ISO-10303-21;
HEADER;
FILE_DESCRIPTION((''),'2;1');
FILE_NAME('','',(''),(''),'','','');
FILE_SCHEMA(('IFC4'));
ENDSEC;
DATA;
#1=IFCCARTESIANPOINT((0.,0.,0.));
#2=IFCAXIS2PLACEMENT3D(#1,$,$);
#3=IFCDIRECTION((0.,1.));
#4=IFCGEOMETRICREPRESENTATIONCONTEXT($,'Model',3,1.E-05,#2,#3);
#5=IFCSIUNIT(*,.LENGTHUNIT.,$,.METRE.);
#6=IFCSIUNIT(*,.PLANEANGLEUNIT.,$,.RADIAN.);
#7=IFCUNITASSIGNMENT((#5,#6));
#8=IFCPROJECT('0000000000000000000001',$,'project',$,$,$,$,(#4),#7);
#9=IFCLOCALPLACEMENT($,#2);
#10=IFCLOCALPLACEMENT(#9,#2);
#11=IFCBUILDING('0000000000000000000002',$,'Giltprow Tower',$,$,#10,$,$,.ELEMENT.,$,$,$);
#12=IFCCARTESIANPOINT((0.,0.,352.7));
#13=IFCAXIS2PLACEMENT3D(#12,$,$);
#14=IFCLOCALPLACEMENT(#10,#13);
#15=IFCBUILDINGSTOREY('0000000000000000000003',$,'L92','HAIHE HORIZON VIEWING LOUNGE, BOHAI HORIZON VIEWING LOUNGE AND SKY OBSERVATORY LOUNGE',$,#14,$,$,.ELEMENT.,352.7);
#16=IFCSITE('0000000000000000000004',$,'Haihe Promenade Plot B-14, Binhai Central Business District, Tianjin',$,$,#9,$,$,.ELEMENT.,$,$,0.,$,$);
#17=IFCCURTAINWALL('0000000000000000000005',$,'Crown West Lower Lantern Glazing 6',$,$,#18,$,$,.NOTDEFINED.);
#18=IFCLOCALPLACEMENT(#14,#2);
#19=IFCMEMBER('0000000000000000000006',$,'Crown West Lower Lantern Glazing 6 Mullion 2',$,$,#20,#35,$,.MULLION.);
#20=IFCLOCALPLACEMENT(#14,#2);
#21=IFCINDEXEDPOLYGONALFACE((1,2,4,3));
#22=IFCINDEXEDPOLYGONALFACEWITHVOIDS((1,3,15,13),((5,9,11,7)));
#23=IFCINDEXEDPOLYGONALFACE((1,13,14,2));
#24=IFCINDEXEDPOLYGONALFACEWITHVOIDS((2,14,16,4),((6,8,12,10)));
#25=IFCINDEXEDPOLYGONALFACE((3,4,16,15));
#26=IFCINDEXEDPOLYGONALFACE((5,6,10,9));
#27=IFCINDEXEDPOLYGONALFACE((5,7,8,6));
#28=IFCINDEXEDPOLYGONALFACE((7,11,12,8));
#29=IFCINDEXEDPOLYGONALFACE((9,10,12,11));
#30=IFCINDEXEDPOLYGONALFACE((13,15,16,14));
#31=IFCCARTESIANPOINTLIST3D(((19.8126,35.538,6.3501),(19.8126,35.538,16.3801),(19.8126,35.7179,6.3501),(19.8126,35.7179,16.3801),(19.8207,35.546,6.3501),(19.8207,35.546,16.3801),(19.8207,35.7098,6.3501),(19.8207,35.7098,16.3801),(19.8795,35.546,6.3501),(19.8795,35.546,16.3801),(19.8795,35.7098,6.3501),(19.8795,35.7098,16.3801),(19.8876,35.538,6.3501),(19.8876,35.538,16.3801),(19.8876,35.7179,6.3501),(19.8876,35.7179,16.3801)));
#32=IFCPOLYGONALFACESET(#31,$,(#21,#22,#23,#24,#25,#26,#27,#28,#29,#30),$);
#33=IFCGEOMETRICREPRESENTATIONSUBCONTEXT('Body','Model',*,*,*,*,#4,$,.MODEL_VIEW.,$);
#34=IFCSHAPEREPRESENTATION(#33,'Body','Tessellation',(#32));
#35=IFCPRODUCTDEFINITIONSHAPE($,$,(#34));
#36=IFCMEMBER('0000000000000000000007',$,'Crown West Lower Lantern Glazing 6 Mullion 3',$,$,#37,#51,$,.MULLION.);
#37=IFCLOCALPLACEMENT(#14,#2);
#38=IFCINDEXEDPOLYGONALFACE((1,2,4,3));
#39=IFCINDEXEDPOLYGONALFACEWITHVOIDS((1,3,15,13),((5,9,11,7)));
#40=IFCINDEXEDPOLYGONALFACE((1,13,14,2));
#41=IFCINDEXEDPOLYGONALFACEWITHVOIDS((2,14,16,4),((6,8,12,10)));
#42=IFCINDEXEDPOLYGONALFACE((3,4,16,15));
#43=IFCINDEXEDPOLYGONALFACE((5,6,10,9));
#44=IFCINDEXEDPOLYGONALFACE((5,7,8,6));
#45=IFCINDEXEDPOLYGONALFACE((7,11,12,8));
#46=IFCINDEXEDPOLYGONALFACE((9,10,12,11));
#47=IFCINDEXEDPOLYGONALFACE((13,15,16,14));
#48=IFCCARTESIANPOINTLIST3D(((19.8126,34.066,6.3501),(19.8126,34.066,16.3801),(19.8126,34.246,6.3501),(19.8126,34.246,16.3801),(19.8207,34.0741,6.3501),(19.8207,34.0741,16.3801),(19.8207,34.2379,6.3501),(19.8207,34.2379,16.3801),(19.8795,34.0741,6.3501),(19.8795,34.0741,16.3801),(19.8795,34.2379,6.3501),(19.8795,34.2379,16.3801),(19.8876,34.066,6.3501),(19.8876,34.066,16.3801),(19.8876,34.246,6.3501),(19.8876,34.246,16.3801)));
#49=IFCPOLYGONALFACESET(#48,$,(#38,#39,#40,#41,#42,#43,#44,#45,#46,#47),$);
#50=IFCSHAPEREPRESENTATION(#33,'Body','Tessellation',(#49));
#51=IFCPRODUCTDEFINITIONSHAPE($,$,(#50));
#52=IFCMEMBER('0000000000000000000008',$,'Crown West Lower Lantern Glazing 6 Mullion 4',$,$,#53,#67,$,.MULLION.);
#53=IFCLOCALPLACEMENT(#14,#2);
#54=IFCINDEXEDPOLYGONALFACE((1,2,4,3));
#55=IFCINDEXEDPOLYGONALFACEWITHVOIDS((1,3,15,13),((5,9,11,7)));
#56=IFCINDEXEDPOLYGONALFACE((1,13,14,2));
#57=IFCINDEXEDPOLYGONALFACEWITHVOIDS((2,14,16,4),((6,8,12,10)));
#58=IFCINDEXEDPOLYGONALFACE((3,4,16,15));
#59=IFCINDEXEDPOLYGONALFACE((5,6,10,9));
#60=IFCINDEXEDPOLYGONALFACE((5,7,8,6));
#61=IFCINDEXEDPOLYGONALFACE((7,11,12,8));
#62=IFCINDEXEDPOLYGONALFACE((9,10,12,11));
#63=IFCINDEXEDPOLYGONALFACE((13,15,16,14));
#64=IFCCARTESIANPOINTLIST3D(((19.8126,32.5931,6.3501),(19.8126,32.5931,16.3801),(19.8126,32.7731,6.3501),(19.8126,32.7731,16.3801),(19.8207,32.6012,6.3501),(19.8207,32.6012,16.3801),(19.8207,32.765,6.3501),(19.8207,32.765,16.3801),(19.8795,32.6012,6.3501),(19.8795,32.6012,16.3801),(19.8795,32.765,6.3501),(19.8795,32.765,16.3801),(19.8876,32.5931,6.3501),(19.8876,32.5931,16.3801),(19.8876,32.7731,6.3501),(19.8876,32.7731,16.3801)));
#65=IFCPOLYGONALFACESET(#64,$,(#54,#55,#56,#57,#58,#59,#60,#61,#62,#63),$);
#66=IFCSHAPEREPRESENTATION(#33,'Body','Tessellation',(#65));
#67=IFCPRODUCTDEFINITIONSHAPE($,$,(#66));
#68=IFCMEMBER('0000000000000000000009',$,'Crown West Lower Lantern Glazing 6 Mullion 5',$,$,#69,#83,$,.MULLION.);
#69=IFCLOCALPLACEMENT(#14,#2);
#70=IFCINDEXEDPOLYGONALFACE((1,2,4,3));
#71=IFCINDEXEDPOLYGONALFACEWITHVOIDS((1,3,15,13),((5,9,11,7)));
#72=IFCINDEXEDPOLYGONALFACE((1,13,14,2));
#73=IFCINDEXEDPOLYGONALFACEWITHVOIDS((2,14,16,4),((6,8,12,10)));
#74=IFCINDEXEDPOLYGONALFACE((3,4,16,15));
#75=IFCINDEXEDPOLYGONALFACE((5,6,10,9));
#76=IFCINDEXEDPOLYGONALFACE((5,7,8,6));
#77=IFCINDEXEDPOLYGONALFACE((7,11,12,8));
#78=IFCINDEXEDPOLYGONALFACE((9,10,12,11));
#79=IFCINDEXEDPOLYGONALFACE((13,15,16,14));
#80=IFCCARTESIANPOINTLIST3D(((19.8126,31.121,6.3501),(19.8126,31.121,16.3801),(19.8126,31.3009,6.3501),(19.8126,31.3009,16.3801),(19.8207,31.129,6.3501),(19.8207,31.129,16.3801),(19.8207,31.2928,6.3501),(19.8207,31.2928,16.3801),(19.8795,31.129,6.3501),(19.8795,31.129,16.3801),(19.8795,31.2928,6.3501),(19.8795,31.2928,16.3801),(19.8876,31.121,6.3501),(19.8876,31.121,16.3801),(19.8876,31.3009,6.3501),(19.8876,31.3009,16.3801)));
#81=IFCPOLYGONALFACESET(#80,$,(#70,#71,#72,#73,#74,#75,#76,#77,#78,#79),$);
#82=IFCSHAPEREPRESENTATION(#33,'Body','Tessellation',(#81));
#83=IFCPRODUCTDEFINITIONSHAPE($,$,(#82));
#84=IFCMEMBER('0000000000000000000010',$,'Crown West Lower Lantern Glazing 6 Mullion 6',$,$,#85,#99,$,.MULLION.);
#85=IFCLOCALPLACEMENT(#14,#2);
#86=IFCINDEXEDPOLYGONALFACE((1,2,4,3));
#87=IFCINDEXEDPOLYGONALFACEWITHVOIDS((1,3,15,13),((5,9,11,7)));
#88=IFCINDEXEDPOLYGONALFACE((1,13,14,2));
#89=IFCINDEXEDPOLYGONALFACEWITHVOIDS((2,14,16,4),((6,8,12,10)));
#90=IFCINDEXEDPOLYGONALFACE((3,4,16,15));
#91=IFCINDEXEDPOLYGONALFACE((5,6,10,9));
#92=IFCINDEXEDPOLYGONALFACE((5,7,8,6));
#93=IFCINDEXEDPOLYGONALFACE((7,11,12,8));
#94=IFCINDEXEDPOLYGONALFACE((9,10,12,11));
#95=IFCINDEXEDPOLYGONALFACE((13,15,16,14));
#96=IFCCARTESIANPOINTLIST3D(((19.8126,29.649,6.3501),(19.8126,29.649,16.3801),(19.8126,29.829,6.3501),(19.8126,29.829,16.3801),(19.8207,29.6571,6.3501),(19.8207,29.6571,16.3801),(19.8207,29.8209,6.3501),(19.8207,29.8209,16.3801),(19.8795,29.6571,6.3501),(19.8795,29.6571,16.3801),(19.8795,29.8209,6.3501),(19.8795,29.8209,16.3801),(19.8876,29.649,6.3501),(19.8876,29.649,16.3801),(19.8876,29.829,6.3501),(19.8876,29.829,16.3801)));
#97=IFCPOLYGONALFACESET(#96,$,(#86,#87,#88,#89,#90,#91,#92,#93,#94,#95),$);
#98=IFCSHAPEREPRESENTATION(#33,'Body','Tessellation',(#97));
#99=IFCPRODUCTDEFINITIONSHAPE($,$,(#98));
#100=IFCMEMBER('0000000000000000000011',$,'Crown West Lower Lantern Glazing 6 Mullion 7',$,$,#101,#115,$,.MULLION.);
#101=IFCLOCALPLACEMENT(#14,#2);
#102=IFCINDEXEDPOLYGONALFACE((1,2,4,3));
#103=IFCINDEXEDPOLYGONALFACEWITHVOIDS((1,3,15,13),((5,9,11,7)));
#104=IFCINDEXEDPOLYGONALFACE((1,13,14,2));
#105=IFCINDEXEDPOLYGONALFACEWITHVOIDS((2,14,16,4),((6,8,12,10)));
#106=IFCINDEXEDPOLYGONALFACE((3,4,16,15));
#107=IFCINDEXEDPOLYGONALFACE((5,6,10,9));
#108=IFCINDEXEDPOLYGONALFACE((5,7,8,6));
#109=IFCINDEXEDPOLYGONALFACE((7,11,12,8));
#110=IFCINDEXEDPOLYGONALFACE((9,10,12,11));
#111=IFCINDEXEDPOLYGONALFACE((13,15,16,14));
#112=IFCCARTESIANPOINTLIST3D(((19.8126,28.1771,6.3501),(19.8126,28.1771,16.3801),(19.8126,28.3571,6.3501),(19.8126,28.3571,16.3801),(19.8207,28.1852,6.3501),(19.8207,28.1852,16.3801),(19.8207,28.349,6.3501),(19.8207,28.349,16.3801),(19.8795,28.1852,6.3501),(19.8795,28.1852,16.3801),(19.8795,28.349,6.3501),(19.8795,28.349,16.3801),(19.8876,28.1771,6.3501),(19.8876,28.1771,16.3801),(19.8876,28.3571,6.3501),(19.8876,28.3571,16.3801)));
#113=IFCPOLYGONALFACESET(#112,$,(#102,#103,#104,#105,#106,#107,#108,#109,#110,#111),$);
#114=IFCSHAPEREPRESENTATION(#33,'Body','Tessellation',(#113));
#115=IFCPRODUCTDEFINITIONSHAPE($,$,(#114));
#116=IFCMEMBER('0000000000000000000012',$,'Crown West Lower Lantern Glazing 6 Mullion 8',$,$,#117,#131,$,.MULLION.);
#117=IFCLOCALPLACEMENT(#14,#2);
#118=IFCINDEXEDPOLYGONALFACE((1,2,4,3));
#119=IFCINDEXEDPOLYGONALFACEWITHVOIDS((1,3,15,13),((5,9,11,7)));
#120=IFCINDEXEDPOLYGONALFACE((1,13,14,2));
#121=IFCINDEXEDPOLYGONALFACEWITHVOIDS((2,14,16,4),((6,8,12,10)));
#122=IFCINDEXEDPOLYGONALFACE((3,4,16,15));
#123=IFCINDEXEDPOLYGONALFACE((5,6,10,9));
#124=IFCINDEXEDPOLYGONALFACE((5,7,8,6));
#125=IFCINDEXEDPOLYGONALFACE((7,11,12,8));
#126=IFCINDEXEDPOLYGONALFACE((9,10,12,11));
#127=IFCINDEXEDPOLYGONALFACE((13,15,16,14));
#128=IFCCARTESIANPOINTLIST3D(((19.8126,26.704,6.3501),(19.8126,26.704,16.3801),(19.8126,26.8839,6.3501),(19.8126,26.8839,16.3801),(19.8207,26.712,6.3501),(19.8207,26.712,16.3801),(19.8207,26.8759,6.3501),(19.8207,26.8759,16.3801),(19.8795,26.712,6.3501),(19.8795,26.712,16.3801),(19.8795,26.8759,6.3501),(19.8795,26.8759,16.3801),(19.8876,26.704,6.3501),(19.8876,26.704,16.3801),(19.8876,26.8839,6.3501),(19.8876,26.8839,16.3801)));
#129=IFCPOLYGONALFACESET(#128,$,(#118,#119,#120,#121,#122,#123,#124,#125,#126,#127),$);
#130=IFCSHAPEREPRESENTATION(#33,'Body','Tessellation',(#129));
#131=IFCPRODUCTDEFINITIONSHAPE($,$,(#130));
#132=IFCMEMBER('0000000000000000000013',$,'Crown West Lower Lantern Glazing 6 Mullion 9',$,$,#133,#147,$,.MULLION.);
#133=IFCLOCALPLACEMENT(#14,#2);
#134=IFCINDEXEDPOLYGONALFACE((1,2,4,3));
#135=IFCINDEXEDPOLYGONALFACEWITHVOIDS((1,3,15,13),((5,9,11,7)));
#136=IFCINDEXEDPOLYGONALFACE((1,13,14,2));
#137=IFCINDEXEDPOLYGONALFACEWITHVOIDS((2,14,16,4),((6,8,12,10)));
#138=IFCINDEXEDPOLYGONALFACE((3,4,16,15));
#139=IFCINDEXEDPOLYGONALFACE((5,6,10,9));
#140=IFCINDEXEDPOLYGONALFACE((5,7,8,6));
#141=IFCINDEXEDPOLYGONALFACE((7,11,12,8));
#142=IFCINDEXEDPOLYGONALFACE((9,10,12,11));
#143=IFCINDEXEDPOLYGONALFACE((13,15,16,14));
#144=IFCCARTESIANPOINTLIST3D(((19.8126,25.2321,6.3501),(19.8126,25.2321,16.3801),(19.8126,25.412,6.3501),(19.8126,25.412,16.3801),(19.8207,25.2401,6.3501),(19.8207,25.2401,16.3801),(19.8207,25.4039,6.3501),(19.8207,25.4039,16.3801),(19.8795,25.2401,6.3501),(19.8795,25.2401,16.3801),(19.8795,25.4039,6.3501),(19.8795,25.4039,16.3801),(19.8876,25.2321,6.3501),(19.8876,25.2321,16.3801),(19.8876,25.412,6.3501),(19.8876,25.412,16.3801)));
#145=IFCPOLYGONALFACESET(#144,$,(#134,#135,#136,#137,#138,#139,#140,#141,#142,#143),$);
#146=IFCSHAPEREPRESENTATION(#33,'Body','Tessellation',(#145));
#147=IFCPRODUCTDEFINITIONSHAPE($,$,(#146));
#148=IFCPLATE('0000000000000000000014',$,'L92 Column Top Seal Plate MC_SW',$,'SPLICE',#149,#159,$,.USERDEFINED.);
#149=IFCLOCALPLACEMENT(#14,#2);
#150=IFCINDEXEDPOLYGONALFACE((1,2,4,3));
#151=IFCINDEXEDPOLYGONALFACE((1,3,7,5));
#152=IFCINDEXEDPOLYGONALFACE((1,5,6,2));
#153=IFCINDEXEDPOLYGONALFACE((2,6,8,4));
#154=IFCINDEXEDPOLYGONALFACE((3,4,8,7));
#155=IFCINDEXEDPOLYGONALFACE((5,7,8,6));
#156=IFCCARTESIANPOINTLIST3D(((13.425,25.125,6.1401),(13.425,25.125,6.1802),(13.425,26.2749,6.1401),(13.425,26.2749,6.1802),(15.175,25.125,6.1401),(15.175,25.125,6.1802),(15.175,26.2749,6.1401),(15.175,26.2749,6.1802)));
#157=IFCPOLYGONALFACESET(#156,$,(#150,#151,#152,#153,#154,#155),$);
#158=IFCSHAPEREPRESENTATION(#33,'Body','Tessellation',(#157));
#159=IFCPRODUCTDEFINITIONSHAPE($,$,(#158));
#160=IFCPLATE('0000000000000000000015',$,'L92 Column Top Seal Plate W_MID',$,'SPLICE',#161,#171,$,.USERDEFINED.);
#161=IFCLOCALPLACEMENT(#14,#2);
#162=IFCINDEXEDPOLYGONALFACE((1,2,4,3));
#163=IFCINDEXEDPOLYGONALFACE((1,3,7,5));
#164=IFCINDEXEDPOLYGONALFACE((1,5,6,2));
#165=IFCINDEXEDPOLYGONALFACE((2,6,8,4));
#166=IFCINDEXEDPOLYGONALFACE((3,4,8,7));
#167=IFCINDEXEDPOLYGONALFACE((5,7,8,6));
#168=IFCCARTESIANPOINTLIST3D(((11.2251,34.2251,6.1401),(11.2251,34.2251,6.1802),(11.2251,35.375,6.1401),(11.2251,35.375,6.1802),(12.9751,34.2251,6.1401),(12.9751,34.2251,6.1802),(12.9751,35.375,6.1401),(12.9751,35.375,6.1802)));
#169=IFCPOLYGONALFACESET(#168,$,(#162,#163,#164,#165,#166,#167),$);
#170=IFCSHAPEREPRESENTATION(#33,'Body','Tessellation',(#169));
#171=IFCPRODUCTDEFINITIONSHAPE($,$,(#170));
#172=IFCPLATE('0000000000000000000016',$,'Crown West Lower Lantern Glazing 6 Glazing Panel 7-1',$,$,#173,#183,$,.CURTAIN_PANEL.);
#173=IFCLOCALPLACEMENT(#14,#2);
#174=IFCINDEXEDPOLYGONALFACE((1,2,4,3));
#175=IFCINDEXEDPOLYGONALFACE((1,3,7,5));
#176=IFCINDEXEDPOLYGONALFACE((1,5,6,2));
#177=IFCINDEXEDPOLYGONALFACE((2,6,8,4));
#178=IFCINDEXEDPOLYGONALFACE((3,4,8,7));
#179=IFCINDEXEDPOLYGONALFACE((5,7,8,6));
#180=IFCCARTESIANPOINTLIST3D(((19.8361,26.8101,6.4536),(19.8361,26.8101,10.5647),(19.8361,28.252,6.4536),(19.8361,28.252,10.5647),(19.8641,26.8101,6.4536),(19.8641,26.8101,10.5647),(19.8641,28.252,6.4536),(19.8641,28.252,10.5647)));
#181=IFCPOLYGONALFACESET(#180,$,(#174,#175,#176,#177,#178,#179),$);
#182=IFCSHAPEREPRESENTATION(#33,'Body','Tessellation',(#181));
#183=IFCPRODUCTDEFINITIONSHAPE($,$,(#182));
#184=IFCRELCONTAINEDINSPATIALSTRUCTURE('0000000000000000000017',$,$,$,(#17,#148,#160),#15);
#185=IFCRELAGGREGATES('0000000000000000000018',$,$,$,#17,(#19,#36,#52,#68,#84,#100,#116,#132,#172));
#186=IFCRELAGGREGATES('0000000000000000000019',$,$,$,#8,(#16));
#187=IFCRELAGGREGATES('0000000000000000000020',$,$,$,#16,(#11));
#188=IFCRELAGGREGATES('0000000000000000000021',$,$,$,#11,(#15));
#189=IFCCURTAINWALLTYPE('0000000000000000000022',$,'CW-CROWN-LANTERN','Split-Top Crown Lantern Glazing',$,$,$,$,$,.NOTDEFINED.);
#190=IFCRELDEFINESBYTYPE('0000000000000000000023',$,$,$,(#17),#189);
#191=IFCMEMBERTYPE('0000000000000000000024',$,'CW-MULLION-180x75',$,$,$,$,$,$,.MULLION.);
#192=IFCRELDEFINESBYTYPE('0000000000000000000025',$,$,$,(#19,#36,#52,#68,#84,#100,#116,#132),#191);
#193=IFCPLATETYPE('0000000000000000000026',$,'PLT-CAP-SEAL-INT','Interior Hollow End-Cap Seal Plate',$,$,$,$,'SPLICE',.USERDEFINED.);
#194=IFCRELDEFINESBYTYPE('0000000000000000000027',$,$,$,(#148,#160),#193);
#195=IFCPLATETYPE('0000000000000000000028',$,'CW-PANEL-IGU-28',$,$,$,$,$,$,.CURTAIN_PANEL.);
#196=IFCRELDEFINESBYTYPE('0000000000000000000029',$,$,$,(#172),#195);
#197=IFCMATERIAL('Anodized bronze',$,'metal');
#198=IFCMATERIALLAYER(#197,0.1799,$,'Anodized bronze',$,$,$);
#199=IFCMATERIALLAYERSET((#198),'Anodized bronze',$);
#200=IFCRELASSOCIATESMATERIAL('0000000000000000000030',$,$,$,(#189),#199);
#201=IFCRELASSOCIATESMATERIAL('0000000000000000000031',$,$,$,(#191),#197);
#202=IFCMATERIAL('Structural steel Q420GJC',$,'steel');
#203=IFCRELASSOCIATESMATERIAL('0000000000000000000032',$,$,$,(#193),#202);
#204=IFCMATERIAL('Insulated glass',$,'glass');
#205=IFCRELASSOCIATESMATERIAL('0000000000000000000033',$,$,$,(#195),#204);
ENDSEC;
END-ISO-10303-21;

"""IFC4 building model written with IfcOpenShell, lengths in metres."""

from ifc_helpers import new_model, si_unit, direction, frame, origin, origin_2d, place, context, subcontext, project, spatial, rectangle, hollow_rectangle, extrude, source, transform, mapped, material, layer, layer_set, material_profile, profile_set, type_object, element, aggregate, save


model = new_model("IFC4")

# Units and contexts
model_context = context("Model", 3, precision=1e-05, world=origin(), true_north=direction((0.0, 1.0)))
body_context = subcontext(model_context, "Body", "Model", "MODEL_VIEW")
ifc_project = project(units=[si_unit("LENGTHUNIT", "METRE"), si_unit("PLANEANGLEUNIT", "RADIAN")], contexts=[model_context])

# Site, building, storey
site_placement = place(None, origin())
site = spatial("IfcSite", under=ifc_project, at=site_placement, Name="Haihe Promenade Plot B-14, Binhai Central Business District, Tianjin", CompositionType="ELEMENT", RefElevation=0.0)
building_placement = place(site_placement, origin())
building = spatial("IfcBuilding", under=site, at=building_placement, Name="Giltprow Tower", CompositionType="ELEMENT")
storey_placement = place(building_placement, frame((0.0, 0.0, 352.7)))
storey = spatial("IfcBuildingStorey", under=building, at=storey_placement, Name="L92", Description="HAIHE HORIZON VIEWING LOUNGE, BOHAI HORIZON VIEWING LOUNGE AND SKY OBSERVATORY LOUNGE", CompositionType="ELEMENT", Elevation=352.7)

# Shared definitions
ifc_material_1 = material(Name="Structural steel Q420GJC", Category="steel")

# Curtain wall, members
ifc_material_2 = material(Name="Anodized bronze", Category="metal")
ifc_layer_1 = layer(ifc_material_2, 0.1799, Name="Anodized bronze")
ifc_layer_set_1 = layer_set([ifc_layer_1], Name="Anodized bronze")
curtain_wall_type = type_object("IfcCurtainWallType", Name="CW-CROWN-LANTERN", Description="Split-Top Crown Lantern Glazing", PredefinedType="NOTDEFINED", material=ifc_layer_set_1)
curtain_wall_placement = place(storey_placement, origin())
curtain_wall = element("IfcCurtainWall", 1, at=curtain_wall_placement, inside=storey, type_object=curtain_wall_type, Name="Crown West Lower Lantern Glazing 6", PredefinedType="NOTDEFINED")
ifc_material_profile_1 = material_profile(ifc_material_2, hollow_rectangle(XDim=0.075, YDim=0.1799, WallThickness=0.0081, at=origin_2d()), Name="RHS 180x75x8")
ifc_profile_set_1 = profile_set([ifc_material_profile_1], Name="Anodized bronze")
member_type_1 = type_object("IfcMemberType", Name="CW-MULLION-180x75", PredefinedType="MULLION", material=ifc_profile_set_1)
shared_shape_1 = source(origin(), body_context, "Body", "SweptSolid", [
    extrude(hollow_rectangle(XDim=0.075, YDim=0.1799, WallThickness=0.0081, at=origin_2d()), origin(), (0.0, 0.0, 1.0), 10.03),
])
member_1_placement = place(storey_placement, frame((19.8501, 35.6279, 6.3501), z_axis=(0.0, 0.0, 1.0), x_axis=(1.0, 0.0, 0.0)))
member_1 = element("IfcMember", 2, at=member_1_placement, type_object=member_type_1, Name="Crown West Lower Lantern Glazing 6 Mullion 2", PredefinedType="MULLION", context=body_context, shape_type="MappedRepresentation", body=[
    mapped(shared_shape_1, transform((0.0, 0.0, 0.0), x_axis=(1.0, 0.0, 0.0), y_axis=(0.0, 1.0, 0.0), z_axis=(0.0, 0.0, 1.0), scale=1.0)),
])
member_2_placement = place(storey_placement, frame((19.8501, 34.156, 6.3501), z_axis=(0.0, 0.0, 1.0), x_axis=(1.0, 0.0, 0.0)))
member_2 = element("IfcMember", 3, at=member_2_placement, type_object=member_type_1, Name="Crown West Lower Lantern Glazing 6 Mullion 3", PredefinedType="MULLION", context=body_context, shape_type="MappedRepresentation", body=[
    mapped(shared_shape_1, transform((0.0, 0.0, 0.0), x_axis=(1.0, 0.0, 0.0), y_axis=(0.0, 1.0, 0.0), z_axis=(0.0, 0.0, 1.0), scale=1.0)),
])
member_3_placement = place(storey_placement, frame((19.8501, 32.6831, 6.3501), z_axis=(0.0, 0.0, 1.0), x_axis=(1.0, 0.0, 0.0)))
member_3 = element("IfcMember", 4, at=member_3_placement, type_object=member_type_1, Name="Crown West Lower Lantern Glazing 6 Mullion 4", PredefinedType="MULLION", context=body_context, shape_type="MappedRepresentation", body=[
    mapped(shared_shape_1, transform((0.0, 0.0, 0.0), x_axis=(1.0, 0.0, 0.0), y_axis=(0.0, 1.0, 0.0), z_axis=(0.0, 0.0, 1.0), scale=1.0)),
])
member_4_placement = place(storey_placement, frame((19.8501, 31.2109, 6.3501), z_axis=(0.0, 0.0, 1.0), x_axis=(1.0, 0.0, 0.0)))
member_4 = element("IfcMember", 5, at=member_4_placement, type_object=member_type_1, Name="Crown West Lower Lantern Glazing 6 Mullion 5", PredefinedType="MULLION", context=body_context, shape_type="MappedRepresentation", body=[
    mapped(shared_shape_1, transform((0.0, 0.0, 0.0), x_axis=(1.0, 0.0, 0.0), y_axis=(0.0, 1.0, 0.0), z_axis=(0.0, 0.0, 1.0), scale=1.0)),
])
member_5_placement = place(storey_placement, frame((19.8501, 29.739, 6.3501), z_axis=(0.0, 0.0, 1.0), x_axis=(1.0, 0.0, 0.0)))
member_5 = element("IfcMember", 6, at=member_5_placement, type_object=member_type_1, Name="Crown West Lower Lantern Glazing 6 Mullion 6", PredefinedType="MULLION", context=body_context, shape_type="MappedRepresentation", body=[
    mapped(shared_shape_1, transform((0.0, 0.0, 0.0), x_axis=(1.0, 0.0, 0.0), y_axis=(0.0, 1.0, 0.0), z_axis=(0.0, 0.0, 1.0), scale=1.0)),
])
member_6_placement = place(storey_placement, frame((19.8501, 28.2671, 6.3501), z_axis=(0.0, 0.0, 1.0), x_axis=(1.0, 0.0, 0.0)))
member_6 = element("IfcMember", 7, at=member_6_placement, type_object=member_type_1, Name="Crown West Lower Lantern Glazing 6 Mullion 7", PredefinedType="MULLION", context=body_context, shape_type="MappedRepresentation", body=[
    mapped(shared_shape_1, transform((0.0, 0.0, 0.0), x_axis=(1.0, 0.0, 0.0), y_axis=(0.0, 1.0, 0.0), z_axis=(0.0, 0.0, 1.0), scale=1.0)),
])
member_7_placement = place(storey_placement, frame((19.8501, 26.7939, 6.3501), z_axis=(0.0, 0.0, 1.0), x_axis=(1.0, 0.0, 0.0)))
member_7 = element("IfcMember", 8, at=member_7_placement, type_object=member_type_1, Name="Crown West Lower Lantern Glazing 6 Mullion 8", PredefinedType="MULLION", context=body_context, shape_type="MappedRepresentation", body=[
    mapped(shared_shape_1, transform((0.0, 0.0, 0.0), x_axis=(1.0, 0.0, 0.0), y_axis=(0.0, 1.0, 0.0), z_axis=(0.0, 0.0, 1.0), scale=1.0)),
])
member_8_placement = place(storey_placement, frame((19.8501, 25.322, 6.3501), z_axis=(0.0, 0.0, 1.0), x_axis=(1.0, 0.0, 0.0)))
member_8 = element("IfcMember", 9, at=member_8_placement, type_object=member_type_1, Name="Crown West Lower Lantern Glazing 6 Mullion 9", PredefinedType="MULLION", context=body_context, shape_type="MappedRepresentation", body=[
    mapped(shared_shape_1, transform((0.0, 0.0, 0.0), x_axis=(1.0, 0.0, 0.0), y_axis=(0.0, 1.0, 0.0), z_axis=(0.0, 0.0, 1.0), scale=1.0)),
])

# Plates
plate_type_1 = type_object("IfcPlateType", Name="PLT-CAP-SEAL-INT", Description="Interior Hollow End-Cap Seal Plate", ElementType="SPLICE", PredefinedType="USERDEFINED", material=ifc_material_1)
shared_shape_2 = source(origin(), body_context, "Body", "SweptSolid", [
    extrude(rectangle(XDim=1.75, YDim=1.1499, at=origin_2d()), origin(), (0.0, 0.0, 1.0), 0.04),
])
for number, where, z_axis, x_axis, name in (
    (10, (14.3, 25.7, 6.1401), (0.0, 0.0, 1.0), (1.0, 0.0, 0.0), "L92 Column Top Seal Plate MC_SW"),
    (11, (12.1001, 34.8, 6.1401), (0.0, 0.0, 1.0), (1.0, 0.0, 0.0), "L92 Column Top Seal Plate W_MID"),
):
    element("IfcPlate", number, at=place(storey_placement, frame(where, z_axis=z_axis, x_axis=x_axis)), inside=storey, type_object=plate_type_1, Name=name, ObjectType="SPLICE", PredefinedType="USERDEFINED", context=body_context, shape_type="MappedRepresentation", body=[
        mapped(shared_shape_2, transform((0.0, 0.0, 0.0), x_axis=(1.0, 0.0, 0.0), y_axis=(0.0, 1.0, 0.0), z_axis=(0.0, 0.0, 1.0), scale=1.0)),
    ])

# Plate
ifc_material_3 = material(Name="Insulated glass", Category="glass")
plate_type_2 = type_object("IfcPlateType", Name="CW-PANEL-IGU-28", PredefinedType="CURTAIN_PANEL", material=ifc_material_3)
shared_shape_3 = source(origin(), body_context, "Body", "SweptSolid", [
    extrude(rectangle(XDim=1.4419, YDim=0.0281, at=origin_2d()), origin(), (0.0, 0.0, 1.0), 4.1111),
])
plate_1_placement = place(storey_placement, frame((19.8501, 27.531, 6.4536), z_axis=(0.0, 0.0, 1.0), x_axis=(0.0, -1.0, 0.0)))
plate_1 = element("IfcPlate", 12, at=plate_1_placement, type_object=plate_type_2, Name="Crown West Lower Lantern Glazing 6 Glazing Panel 7-1", PredefinedType="CURTAIN_PANEL", context=body_context, shape_type="MappedRepresentation", body=[
    mapped(shared_shape_3, transform((0.0, 0.0, 0.0), x_axis=(1.0, 0.0, 0.0), y_axis=(0.0, 1.0, 0.0), z_axis=(0.0, 0.0, 1.0), scale=1.0)),
])
aggregate(curtain_wall, [member_1, member_2, member_3, member_4, member_5, member_6, member_7, member_8, plate_1])

save(model, "model.ifc")
